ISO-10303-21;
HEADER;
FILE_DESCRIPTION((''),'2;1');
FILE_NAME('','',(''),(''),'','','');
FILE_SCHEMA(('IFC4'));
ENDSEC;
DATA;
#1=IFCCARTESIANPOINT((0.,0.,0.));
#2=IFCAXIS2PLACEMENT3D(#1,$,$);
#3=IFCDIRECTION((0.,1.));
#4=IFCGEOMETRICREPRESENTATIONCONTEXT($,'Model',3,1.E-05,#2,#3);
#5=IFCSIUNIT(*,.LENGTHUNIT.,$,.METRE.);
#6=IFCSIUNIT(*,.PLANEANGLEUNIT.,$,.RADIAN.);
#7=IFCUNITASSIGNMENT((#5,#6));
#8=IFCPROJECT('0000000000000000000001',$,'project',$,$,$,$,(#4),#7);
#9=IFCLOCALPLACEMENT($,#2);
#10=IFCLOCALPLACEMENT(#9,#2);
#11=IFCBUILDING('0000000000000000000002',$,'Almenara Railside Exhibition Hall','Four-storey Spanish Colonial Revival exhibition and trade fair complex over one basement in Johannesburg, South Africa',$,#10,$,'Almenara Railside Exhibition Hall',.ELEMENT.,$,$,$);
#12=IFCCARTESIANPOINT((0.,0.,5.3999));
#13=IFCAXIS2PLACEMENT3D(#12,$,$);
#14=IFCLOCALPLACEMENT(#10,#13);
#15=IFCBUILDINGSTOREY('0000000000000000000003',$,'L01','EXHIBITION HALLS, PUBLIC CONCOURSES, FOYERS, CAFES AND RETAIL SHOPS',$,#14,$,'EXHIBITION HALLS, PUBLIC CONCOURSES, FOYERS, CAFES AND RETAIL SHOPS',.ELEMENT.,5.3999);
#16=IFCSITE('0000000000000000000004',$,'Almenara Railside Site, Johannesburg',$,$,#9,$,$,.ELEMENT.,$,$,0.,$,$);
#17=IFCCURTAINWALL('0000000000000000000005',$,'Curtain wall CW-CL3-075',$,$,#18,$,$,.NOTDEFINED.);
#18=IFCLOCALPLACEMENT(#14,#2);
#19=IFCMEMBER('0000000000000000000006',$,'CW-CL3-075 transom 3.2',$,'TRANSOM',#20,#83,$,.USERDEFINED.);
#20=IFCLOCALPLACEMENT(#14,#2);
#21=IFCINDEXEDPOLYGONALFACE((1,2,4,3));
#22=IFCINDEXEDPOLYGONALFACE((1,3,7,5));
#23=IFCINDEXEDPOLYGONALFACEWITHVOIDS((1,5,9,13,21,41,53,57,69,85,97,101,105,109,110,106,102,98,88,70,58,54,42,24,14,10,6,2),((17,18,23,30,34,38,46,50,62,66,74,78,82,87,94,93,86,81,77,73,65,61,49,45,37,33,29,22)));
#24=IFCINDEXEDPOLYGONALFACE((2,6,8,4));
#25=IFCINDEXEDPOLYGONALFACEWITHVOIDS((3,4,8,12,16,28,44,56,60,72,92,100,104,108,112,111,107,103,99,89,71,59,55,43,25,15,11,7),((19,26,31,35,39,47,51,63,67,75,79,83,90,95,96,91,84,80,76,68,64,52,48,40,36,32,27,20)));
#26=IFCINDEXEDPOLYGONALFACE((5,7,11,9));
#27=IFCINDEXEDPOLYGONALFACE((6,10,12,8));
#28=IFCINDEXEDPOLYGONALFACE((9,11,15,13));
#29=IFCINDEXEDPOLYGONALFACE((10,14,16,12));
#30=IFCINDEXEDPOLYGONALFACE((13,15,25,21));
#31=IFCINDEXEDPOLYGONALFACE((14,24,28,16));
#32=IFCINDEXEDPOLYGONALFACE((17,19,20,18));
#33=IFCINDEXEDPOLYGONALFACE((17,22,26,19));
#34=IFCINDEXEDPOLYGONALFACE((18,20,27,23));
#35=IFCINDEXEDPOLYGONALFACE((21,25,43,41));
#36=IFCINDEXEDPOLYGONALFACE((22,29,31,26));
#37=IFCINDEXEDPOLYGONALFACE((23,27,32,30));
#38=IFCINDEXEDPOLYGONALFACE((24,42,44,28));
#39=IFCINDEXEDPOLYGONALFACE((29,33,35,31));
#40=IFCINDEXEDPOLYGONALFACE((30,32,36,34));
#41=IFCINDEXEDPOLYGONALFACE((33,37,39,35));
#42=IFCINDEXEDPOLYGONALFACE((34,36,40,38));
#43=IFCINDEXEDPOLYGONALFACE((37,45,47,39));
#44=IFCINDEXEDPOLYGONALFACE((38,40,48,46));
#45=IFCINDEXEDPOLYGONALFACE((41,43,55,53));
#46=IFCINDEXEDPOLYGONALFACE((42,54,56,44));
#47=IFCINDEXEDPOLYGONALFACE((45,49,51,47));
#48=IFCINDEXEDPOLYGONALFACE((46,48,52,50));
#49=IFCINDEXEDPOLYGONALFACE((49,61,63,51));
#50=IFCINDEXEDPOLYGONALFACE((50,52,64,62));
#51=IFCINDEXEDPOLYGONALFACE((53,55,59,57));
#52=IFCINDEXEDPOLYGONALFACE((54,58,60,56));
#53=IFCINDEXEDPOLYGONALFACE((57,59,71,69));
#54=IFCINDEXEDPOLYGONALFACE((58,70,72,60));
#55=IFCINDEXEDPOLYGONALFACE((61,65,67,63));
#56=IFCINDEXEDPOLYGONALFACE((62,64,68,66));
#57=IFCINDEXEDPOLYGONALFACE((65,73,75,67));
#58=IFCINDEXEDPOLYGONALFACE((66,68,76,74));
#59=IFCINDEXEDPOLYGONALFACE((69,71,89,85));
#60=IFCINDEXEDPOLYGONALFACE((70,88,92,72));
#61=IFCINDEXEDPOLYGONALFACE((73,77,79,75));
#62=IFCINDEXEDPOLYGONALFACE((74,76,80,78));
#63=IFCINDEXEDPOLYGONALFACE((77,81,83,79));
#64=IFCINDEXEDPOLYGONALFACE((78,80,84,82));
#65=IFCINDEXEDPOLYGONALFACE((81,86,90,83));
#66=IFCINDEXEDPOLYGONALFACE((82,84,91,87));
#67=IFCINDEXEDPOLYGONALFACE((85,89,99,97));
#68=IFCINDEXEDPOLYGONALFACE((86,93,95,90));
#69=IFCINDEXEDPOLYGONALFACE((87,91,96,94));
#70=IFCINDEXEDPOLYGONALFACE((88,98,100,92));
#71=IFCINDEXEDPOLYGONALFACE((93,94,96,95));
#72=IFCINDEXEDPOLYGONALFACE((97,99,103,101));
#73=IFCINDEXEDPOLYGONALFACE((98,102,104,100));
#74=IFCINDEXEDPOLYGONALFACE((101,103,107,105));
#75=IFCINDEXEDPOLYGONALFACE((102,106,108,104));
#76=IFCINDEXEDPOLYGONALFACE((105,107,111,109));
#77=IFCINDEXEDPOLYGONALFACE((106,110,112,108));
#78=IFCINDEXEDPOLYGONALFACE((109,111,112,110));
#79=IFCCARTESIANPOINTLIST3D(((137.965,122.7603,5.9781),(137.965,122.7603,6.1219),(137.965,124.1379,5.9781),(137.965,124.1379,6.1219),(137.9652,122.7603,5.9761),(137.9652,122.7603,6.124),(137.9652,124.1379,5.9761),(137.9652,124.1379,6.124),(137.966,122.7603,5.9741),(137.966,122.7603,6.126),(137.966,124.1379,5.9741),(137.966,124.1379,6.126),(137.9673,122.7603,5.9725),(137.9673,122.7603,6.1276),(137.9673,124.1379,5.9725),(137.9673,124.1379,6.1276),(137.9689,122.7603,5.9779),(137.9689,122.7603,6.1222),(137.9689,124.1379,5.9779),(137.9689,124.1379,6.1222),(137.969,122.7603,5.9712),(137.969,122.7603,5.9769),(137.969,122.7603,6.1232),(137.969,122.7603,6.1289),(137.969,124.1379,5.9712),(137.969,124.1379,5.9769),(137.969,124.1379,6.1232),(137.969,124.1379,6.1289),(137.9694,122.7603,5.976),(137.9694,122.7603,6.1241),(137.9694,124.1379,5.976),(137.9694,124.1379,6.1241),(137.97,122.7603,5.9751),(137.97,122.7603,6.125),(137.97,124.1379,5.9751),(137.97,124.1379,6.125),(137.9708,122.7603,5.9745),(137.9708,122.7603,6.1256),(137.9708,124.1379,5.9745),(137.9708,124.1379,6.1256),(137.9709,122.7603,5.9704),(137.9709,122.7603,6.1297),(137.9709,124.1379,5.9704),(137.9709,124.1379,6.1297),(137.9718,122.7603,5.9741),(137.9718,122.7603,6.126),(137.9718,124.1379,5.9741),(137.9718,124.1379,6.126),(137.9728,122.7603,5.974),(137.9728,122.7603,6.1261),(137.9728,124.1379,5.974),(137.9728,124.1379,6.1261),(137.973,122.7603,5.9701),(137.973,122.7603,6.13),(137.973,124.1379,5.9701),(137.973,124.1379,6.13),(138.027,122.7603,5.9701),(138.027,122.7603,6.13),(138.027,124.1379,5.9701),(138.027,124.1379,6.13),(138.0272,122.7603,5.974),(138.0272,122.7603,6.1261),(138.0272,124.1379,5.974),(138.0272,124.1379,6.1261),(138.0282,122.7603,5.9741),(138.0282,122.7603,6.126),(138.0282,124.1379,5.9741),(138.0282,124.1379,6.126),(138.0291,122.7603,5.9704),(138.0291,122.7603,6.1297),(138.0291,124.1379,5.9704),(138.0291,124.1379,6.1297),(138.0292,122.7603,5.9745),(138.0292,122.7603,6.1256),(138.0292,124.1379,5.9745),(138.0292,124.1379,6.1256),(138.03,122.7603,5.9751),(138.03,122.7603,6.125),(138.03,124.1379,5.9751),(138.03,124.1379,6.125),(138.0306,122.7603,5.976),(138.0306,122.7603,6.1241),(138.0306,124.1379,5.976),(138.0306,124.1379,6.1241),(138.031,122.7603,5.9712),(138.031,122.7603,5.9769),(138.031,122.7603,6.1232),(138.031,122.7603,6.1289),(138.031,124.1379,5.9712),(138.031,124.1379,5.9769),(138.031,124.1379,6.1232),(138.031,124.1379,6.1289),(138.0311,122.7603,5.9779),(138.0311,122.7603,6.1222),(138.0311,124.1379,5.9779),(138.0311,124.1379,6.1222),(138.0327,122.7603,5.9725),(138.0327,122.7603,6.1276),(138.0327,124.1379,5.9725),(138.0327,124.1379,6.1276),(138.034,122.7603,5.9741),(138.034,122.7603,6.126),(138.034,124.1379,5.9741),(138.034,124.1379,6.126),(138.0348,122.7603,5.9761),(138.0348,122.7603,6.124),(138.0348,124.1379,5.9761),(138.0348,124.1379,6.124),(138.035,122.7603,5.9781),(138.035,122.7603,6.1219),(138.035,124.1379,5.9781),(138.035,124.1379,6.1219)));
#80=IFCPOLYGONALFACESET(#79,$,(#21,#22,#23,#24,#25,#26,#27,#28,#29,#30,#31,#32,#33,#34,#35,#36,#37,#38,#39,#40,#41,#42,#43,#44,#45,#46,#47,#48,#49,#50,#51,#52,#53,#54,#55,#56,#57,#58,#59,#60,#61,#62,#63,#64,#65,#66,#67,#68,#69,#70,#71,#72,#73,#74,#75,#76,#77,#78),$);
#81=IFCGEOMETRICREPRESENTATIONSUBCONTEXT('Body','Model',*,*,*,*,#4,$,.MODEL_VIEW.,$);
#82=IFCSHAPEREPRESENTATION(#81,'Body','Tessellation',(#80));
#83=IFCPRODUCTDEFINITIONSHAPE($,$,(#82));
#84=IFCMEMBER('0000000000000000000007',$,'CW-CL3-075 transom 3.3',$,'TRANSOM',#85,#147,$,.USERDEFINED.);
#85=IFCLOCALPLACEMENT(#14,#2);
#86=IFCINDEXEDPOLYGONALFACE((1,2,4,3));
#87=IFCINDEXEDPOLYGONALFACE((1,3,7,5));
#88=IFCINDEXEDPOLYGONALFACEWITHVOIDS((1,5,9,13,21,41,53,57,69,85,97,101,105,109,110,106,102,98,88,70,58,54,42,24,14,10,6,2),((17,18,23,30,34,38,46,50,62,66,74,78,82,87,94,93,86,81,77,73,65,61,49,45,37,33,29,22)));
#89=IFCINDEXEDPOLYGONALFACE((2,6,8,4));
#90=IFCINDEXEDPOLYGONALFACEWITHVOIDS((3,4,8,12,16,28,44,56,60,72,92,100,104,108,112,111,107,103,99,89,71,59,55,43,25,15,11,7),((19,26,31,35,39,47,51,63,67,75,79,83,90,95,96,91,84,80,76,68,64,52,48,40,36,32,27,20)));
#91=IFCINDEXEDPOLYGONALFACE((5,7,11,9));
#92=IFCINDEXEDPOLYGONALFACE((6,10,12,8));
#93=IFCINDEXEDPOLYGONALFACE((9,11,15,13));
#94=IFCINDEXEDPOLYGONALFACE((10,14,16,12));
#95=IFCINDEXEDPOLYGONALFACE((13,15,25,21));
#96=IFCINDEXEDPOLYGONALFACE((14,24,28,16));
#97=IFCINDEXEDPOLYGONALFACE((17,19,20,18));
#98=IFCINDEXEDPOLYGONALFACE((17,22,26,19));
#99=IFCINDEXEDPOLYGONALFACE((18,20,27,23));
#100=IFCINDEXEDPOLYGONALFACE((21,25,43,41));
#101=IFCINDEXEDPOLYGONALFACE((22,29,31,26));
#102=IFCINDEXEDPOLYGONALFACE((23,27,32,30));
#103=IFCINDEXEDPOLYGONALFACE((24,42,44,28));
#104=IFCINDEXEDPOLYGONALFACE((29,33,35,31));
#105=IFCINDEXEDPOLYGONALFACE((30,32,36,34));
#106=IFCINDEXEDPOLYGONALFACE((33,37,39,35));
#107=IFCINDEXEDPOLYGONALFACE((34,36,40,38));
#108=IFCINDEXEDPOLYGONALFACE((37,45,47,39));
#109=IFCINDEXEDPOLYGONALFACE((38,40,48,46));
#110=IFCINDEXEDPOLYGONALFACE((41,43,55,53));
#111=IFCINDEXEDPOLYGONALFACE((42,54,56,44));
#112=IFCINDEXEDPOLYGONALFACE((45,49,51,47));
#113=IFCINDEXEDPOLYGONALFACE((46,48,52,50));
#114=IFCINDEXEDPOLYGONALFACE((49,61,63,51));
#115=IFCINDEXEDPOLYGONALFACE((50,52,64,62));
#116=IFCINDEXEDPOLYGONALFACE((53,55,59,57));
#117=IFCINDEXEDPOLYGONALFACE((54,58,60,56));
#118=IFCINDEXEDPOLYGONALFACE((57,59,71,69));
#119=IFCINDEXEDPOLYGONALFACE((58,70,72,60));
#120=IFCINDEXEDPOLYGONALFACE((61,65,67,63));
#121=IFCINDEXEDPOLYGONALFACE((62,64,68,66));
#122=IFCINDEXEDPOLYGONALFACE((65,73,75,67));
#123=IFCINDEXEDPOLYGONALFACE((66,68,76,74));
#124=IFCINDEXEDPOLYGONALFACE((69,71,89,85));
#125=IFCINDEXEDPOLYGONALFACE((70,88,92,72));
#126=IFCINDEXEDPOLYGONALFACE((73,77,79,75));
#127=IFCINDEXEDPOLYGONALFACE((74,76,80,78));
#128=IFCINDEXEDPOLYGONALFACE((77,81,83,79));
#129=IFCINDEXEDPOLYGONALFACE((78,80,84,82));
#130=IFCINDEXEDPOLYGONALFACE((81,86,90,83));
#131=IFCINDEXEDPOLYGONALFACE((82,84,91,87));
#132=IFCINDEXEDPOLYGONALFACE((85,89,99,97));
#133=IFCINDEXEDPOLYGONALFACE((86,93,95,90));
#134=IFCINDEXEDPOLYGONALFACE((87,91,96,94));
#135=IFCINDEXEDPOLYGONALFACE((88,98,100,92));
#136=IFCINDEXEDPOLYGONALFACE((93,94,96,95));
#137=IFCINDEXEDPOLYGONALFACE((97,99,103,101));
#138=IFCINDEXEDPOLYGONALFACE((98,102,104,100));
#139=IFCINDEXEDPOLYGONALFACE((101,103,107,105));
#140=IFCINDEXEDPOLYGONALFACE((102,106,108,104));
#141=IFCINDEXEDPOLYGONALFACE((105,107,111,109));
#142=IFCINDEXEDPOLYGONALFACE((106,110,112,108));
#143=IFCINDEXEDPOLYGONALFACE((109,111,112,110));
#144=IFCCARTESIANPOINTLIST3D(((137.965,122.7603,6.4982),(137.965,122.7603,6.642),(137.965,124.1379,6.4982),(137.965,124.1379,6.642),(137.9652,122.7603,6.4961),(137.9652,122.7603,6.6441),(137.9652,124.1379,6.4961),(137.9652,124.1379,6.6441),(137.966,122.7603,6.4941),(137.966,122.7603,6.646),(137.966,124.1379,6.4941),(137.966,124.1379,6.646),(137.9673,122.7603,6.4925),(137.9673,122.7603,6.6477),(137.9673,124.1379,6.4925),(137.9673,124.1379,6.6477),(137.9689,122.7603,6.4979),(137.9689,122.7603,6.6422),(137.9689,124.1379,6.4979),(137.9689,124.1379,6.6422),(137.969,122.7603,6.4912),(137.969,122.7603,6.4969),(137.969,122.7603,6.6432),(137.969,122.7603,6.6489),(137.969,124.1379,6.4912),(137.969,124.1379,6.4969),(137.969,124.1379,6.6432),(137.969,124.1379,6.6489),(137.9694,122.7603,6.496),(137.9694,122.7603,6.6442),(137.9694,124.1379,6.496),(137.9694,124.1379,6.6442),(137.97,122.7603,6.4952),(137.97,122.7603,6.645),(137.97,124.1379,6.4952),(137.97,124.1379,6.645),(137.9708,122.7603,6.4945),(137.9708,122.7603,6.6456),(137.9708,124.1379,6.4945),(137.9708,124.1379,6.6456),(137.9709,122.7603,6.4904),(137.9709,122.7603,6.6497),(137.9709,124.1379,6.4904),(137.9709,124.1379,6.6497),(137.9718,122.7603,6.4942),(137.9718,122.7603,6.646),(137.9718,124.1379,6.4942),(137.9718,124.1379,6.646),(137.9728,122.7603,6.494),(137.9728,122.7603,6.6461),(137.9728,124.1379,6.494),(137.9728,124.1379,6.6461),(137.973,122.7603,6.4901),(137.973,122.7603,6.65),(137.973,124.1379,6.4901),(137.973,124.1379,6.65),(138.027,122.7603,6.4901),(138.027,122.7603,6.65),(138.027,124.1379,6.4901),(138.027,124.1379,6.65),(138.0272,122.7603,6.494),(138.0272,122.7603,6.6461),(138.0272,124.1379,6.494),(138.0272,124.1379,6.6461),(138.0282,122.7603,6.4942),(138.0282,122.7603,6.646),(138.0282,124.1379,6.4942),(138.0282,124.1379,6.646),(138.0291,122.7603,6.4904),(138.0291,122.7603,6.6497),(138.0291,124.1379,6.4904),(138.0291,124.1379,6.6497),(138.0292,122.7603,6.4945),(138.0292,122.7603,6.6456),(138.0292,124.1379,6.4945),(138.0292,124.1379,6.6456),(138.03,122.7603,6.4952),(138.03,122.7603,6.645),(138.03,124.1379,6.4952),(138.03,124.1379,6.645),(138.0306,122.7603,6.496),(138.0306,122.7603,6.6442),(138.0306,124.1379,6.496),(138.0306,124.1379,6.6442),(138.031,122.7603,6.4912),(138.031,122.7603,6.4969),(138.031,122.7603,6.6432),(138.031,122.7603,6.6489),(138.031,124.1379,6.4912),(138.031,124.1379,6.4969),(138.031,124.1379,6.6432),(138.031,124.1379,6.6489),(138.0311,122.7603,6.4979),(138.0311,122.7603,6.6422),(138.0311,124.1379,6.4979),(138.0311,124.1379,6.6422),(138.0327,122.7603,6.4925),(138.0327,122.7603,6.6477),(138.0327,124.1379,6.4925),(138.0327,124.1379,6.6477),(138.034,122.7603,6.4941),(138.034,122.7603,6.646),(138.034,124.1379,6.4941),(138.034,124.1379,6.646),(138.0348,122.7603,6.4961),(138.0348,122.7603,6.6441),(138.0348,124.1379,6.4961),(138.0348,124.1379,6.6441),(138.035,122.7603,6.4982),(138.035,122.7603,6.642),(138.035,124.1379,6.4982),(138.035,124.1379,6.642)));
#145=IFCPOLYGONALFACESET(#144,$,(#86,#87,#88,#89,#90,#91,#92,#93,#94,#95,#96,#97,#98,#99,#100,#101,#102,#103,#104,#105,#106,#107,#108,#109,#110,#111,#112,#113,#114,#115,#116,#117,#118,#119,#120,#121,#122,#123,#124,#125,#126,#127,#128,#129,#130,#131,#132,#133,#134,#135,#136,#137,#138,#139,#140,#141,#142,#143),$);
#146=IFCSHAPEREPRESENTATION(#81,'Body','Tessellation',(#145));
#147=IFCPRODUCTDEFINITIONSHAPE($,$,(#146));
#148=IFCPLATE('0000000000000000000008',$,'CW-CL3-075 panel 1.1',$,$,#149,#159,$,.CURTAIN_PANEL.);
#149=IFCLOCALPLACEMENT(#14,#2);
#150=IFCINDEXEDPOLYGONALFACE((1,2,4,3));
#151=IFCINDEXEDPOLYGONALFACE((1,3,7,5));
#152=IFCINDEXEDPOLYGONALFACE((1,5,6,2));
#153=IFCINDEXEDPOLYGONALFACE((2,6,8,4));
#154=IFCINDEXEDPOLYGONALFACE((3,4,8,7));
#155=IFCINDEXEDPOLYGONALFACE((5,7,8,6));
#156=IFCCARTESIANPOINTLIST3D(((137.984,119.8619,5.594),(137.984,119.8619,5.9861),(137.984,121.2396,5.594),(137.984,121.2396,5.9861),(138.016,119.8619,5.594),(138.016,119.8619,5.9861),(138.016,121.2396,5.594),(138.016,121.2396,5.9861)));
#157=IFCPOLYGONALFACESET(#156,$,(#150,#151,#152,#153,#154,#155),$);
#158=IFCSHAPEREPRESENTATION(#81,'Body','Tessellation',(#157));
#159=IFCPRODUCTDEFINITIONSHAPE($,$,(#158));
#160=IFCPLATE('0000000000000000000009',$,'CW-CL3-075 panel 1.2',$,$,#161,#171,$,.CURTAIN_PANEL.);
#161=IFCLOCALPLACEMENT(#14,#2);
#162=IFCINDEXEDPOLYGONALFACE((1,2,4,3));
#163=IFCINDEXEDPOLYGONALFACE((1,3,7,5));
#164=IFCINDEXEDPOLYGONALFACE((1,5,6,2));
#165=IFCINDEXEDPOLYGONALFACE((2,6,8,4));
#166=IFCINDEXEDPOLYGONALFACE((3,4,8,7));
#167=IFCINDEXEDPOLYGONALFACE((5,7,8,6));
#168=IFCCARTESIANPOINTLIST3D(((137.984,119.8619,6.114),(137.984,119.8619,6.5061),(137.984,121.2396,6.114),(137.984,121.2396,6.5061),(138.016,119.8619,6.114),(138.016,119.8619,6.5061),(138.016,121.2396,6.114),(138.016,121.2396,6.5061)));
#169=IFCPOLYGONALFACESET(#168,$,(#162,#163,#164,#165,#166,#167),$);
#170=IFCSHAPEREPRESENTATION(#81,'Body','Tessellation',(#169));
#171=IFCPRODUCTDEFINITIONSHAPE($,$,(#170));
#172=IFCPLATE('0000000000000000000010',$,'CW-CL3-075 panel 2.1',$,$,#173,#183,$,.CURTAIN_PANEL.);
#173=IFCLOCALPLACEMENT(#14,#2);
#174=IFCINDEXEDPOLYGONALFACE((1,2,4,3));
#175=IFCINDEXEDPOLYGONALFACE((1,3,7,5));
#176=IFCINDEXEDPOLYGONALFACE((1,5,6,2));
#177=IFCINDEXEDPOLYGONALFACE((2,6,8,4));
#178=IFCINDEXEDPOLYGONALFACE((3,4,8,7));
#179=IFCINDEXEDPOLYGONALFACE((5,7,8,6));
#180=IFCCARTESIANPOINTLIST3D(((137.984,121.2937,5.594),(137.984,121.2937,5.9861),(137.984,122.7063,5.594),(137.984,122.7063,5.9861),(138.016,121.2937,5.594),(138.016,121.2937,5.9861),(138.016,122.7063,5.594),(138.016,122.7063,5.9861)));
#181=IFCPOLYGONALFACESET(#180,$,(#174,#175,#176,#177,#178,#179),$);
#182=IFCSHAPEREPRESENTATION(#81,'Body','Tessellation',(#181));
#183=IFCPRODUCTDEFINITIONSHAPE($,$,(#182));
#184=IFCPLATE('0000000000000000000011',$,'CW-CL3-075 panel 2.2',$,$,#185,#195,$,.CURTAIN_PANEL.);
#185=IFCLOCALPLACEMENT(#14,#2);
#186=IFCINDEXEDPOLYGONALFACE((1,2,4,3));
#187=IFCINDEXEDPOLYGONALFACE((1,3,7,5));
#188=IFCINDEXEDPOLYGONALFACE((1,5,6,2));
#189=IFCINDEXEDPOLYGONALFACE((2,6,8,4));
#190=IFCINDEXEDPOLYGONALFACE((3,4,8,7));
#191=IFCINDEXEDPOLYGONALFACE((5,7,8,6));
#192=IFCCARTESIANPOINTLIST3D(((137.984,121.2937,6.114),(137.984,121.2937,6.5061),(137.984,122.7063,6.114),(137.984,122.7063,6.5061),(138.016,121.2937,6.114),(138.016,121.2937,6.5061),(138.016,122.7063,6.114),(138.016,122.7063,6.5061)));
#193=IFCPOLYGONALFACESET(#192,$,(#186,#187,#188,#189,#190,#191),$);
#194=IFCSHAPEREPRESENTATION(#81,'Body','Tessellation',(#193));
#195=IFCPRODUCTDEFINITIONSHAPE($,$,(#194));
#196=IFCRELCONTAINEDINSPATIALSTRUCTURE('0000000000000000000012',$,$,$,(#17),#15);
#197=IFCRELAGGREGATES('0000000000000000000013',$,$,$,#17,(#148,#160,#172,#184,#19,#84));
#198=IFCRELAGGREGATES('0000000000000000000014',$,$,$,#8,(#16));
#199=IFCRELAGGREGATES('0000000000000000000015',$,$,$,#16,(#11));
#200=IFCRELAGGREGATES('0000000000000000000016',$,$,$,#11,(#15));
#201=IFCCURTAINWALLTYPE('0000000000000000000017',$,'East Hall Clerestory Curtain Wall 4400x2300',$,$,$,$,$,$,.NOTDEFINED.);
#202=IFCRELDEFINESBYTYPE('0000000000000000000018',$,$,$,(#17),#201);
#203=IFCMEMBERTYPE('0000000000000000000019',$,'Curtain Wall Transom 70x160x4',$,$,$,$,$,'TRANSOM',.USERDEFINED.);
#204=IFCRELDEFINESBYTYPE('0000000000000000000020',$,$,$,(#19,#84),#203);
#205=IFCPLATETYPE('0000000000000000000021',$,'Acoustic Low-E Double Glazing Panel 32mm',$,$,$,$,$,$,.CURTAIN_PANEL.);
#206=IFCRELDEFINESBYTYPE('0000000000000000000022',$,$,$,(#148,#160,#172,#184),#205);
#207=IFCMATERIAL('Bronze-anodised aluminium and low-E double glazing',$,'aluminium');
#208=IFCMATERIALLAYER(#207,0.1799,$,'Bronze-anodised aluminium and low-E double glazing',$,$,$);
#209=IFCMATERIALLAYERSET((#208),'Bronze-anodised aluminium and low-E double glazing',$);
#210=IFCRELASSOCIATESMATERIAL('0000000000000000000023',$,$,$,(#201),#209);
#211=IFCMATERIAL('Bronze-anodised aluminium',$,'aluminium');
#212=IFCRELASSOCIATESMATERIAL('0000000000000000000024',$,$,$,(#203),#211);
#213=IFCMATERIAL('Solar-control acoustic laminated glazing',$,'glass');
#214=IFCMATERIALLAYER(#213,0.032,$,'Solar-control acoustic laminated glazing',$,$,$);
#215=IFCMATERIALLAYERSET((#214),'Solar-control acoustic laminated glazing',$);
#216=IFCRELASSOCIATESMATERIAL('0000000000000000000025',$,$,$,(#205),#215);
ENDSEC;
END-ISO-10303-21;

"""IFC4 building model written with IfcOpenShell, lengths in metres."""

from ifc_helpers import new_model, si_unit, direction, frame, origin, origin_2d, place, context, subcontext, project, spatial, rectangle, hollow_rectangle, extrude, material, layer, layer_set, material_profile, profile_set, type_object, element, aggregate, save


model = new_model("IFC4")

# Units and contexts
model_context = context("Model", 3, precision=1e-05, world=origin(), true_north=direction((0.0, 1.0)))
body_context = subcontext(model_context, "Body", "Model", "MODEL_VIEW")
ifc_project = project(units=[si_unit("LENGTHUNIT", "METRE"), si_unit("PLANEANGLEUNIT", "RADIAN")], contexts=[model_context])

# Site, building, storey
site_placement = place(None, origin())
site = spatial("IfcSite", under=ifc_project, at=site_placement, Name="Almenara Railside Site, Johannesburg", CompositionType="ELEMENT", RefElevation=0.0)
building_placement = place(site_placement, origin())
building = spatial("IfcBuilding", under=site, at=building_placement, Name="Almenara Railside Exhibition Hall", Description="Four-storey Spanish Colonial Revival exhibition and trade fair complex over one basement in Johannesburg, South Africa", LongName="Almenara Railside Exhibition Hall", CompositionType="ELEMENT")
storey_placement = place(building_placement, frame((0.0, 0.0, 5.3999)))
storey = spatial("IfcBuildingStorey", under=building, at=storey_placement, Name="L01", Description="EXHIBITION HALLS, PUBLIC CONCOURSES, FOYERS, CAFES AND RETAIL SHOPS", LongName="EXHIBITION HALLS, PUBLIC CONCOURSES, FOYERS, CAFES AND RETAIL SHOPS", CompositionType="ELEMENT", Elevation=5.3999)

# Shared definitions
ifc_material_1 = material(Name="Bronze-anodised aluminium and low-E double glazing", Category="aluminium")
ifc_layer_1 = layer(ifc_material_1, 0.1799, Name="Bronze-anodised aluminium and low-E double glazing")
ifc_layer_set_1 = layer_set([ifc_layer_1], Name="Bronze-anodised aluminium and low-E double glazing")
curtain_wall_type = type_object("IfcCurtainWallType", Name="East Hall Clerestory Curtain Wall 4400x2300", PredefinedType="NOTDEFINED", material=ifc_layer_set_1)
ifc_material_2 = material(Name="Bronze-anodised aluminium", Category="aluminium")

# Curtain wall
curtain_wall_1_placement = place(storey_placement, origin())
curtain_wall_1 = element("IfcCurtainWall", 1, at=curtain_wall_1_placement, inside=storey, type_object=curtain_wall_type, Name="Curtain wall CW-CL3-075", PredefinedType="NOTDEFINED")

# Members
ifc_material_profile_1 = material_profile(ifc_material_2, hollow_rectangle(XDim=0.0701, YDim=0.1599, WallThickness=0.0039, InnerFilletRadius=0.0039, OuterFilletRadius=0.0081, at=origin_2d()), Name="ALU-TRN 70x160x4")
ifc_profile_set_1 = profile_set([ifc_material_profile_1], Name="Bronze-anodised aluminium")
member_type_1 = type_object("IfcMemberType", Name="Curtain Wall Transom 70x160x4", ElementType="TRANSOM", PredefinedType="USERDEFINED", material=ifc_profile_set_1)
member_1_placement = place(storey_placement, frame((138.0, 122.7603, 6.05), z_axis=(0.0, 1.0, 0.0), x_axis=(-1.0, 0.0, 0.0)))
member_1 = element("IfcMember", 2, at=member_1_placement, type_object=member_type_1, Name="CW-CL3-075 transom 3.2", ObjectType="TRANSOM", PredefinedType="USERDEFINED", context=body_context, shape_type="SweptSolid", body=[
    extrude(hollow_rectangle(XDim=0.0701, YDim=0.1599, WallThickness=0.0039, InnerFilletRadius=0.0039, OuterFilletRadius=0.0081, at=origin_2d()), origin(), (0.0, 0.0, 1.0), 1.3777),
])
member_2_placement = place(storey_placement, frame((138.0, 122.7603, 6.5701), z_axis=(0.0, 1.0, 0.0), x_axis=(-1.0, 0.0, 0.0)))
member_2 = element("IfcMember", 3, at=member_2_placement, type_object=member_type_1, Name="CW-CL3-075 transom 3.3", ObjectType="TRANSOM", PredefinedType="USERDEFINED", context=body_context, shape_type="SweptSolid", body=[
    extrude(hollow_rectangle(XDim=0.0701, YDim=0.1599, WallThickness=0.0039, InnerFilletRadius=0.0039, OuterFilletRadius=0.0081, at=origin_2d()), origin(), (0.0, 0.0, 1.0), 1.3777),
])

# Plates
ifc_material_3 = material(Name="Solar-control acoustic laminated glazing", Category="glass")
ifc_layer_2 = layer(ifc_material_3, 0.032, Name="Solar-control acoustic laminated glazing")
ifc_layer_set_2 = layer_set([ifc_layer_2], Name="Solar-control acoustic laminated glazing")
plate_type = type_object("IfcPlateType", Name="Acoustic Low-E Double Glazing Panel 32mm", PredefinedType="CURTAIN_PANEL", material=ifc_layer_set_2)
plate_1_placement = place(storey_placement, frame((138.0, 120.5508, 5.594), z_axis=(0.0, 0.0, 1.0), x_axis=(0.0, 1.0, 0.0)))
plate_1 = element("IfcPlate", 4, at=plate_1_placement, type_object=plate_type, Name="CW-CL3-075 panel 1.1", PredefinedType="CURTAIN_PANEL", context=body_context, shape_type="SweptSolid", body=[
    extrude(rectangle(XDim=1.3777, YDim=0.032, at=origin_2d()), origin(), (0.0, 0.0, 1.0), 0.3921),
])
plate_2_placement = place(storey_placement, frame((138.0, 120.5508, 6.114), z_axis=(0.0, 0.0, 1.0), x_axis=(0.0, 1.0, 0.0)))
plate_2 = element("IfcPlate", 5, at=plate_2_placement, type_object=plate_type, Name="CW-CL3-075 panel 1.2", PredefinedType="CURTAIN_PANEL", context=body_context, shape_type="SweptSolid", body=[
    extrude(rectangle(XDim=1.3777, YDim=0.032, at=origin_2d()), origin(), (0.0, 0.0, 1.0), 0.3921),
])
plate_3_placement = place(storey_placement, frame((138.0, 122.0, 5.594), z_axis=(0.0, 0.0, 1.0), x_axis=(0.0, 1.0, 0.0)))
plate_3 = element("IfcPlate", 6, at=plate_3_placement, type_object=plate_type, Name="CW-CL3-075 panel 2.1", PredefinedType="CURTAIN_PANEL", context=body_context, shape_type="SweptSolid", body=[
    extrude(rectangle(XDim=1.4126, YDim=0.032, at=origin_2d()), origin(), (0.0, 0.0, 1.0), 0.3921),
])
plate_4_placement = place(storey_placement, frame((138.0, 122.0, 6.114), z_axis=(0.0, 0.0, 1.0), x_axis=(0.0, 1.0, 0.0)))
plate_4 = element("IfcPlate", 7, at=plate_4_placement, type_object=plate_type, Name="CW-CL3-075 panel 2.2", PredefinedType="CURTAIN_PANEL", context=body_context, shape_type="SweptSolid", body=[
    extrude(rectangle(XDim=1.4126, YDim=0.032, at=origin_2d()), origin(), (0.0, 0.0, 1.0), 0.3921),
])
aggregate(curtain_wall_1, [plate_1, plate_2, plate_3, plate_4, member_1, member_2])

save(model, "model.ifc")
